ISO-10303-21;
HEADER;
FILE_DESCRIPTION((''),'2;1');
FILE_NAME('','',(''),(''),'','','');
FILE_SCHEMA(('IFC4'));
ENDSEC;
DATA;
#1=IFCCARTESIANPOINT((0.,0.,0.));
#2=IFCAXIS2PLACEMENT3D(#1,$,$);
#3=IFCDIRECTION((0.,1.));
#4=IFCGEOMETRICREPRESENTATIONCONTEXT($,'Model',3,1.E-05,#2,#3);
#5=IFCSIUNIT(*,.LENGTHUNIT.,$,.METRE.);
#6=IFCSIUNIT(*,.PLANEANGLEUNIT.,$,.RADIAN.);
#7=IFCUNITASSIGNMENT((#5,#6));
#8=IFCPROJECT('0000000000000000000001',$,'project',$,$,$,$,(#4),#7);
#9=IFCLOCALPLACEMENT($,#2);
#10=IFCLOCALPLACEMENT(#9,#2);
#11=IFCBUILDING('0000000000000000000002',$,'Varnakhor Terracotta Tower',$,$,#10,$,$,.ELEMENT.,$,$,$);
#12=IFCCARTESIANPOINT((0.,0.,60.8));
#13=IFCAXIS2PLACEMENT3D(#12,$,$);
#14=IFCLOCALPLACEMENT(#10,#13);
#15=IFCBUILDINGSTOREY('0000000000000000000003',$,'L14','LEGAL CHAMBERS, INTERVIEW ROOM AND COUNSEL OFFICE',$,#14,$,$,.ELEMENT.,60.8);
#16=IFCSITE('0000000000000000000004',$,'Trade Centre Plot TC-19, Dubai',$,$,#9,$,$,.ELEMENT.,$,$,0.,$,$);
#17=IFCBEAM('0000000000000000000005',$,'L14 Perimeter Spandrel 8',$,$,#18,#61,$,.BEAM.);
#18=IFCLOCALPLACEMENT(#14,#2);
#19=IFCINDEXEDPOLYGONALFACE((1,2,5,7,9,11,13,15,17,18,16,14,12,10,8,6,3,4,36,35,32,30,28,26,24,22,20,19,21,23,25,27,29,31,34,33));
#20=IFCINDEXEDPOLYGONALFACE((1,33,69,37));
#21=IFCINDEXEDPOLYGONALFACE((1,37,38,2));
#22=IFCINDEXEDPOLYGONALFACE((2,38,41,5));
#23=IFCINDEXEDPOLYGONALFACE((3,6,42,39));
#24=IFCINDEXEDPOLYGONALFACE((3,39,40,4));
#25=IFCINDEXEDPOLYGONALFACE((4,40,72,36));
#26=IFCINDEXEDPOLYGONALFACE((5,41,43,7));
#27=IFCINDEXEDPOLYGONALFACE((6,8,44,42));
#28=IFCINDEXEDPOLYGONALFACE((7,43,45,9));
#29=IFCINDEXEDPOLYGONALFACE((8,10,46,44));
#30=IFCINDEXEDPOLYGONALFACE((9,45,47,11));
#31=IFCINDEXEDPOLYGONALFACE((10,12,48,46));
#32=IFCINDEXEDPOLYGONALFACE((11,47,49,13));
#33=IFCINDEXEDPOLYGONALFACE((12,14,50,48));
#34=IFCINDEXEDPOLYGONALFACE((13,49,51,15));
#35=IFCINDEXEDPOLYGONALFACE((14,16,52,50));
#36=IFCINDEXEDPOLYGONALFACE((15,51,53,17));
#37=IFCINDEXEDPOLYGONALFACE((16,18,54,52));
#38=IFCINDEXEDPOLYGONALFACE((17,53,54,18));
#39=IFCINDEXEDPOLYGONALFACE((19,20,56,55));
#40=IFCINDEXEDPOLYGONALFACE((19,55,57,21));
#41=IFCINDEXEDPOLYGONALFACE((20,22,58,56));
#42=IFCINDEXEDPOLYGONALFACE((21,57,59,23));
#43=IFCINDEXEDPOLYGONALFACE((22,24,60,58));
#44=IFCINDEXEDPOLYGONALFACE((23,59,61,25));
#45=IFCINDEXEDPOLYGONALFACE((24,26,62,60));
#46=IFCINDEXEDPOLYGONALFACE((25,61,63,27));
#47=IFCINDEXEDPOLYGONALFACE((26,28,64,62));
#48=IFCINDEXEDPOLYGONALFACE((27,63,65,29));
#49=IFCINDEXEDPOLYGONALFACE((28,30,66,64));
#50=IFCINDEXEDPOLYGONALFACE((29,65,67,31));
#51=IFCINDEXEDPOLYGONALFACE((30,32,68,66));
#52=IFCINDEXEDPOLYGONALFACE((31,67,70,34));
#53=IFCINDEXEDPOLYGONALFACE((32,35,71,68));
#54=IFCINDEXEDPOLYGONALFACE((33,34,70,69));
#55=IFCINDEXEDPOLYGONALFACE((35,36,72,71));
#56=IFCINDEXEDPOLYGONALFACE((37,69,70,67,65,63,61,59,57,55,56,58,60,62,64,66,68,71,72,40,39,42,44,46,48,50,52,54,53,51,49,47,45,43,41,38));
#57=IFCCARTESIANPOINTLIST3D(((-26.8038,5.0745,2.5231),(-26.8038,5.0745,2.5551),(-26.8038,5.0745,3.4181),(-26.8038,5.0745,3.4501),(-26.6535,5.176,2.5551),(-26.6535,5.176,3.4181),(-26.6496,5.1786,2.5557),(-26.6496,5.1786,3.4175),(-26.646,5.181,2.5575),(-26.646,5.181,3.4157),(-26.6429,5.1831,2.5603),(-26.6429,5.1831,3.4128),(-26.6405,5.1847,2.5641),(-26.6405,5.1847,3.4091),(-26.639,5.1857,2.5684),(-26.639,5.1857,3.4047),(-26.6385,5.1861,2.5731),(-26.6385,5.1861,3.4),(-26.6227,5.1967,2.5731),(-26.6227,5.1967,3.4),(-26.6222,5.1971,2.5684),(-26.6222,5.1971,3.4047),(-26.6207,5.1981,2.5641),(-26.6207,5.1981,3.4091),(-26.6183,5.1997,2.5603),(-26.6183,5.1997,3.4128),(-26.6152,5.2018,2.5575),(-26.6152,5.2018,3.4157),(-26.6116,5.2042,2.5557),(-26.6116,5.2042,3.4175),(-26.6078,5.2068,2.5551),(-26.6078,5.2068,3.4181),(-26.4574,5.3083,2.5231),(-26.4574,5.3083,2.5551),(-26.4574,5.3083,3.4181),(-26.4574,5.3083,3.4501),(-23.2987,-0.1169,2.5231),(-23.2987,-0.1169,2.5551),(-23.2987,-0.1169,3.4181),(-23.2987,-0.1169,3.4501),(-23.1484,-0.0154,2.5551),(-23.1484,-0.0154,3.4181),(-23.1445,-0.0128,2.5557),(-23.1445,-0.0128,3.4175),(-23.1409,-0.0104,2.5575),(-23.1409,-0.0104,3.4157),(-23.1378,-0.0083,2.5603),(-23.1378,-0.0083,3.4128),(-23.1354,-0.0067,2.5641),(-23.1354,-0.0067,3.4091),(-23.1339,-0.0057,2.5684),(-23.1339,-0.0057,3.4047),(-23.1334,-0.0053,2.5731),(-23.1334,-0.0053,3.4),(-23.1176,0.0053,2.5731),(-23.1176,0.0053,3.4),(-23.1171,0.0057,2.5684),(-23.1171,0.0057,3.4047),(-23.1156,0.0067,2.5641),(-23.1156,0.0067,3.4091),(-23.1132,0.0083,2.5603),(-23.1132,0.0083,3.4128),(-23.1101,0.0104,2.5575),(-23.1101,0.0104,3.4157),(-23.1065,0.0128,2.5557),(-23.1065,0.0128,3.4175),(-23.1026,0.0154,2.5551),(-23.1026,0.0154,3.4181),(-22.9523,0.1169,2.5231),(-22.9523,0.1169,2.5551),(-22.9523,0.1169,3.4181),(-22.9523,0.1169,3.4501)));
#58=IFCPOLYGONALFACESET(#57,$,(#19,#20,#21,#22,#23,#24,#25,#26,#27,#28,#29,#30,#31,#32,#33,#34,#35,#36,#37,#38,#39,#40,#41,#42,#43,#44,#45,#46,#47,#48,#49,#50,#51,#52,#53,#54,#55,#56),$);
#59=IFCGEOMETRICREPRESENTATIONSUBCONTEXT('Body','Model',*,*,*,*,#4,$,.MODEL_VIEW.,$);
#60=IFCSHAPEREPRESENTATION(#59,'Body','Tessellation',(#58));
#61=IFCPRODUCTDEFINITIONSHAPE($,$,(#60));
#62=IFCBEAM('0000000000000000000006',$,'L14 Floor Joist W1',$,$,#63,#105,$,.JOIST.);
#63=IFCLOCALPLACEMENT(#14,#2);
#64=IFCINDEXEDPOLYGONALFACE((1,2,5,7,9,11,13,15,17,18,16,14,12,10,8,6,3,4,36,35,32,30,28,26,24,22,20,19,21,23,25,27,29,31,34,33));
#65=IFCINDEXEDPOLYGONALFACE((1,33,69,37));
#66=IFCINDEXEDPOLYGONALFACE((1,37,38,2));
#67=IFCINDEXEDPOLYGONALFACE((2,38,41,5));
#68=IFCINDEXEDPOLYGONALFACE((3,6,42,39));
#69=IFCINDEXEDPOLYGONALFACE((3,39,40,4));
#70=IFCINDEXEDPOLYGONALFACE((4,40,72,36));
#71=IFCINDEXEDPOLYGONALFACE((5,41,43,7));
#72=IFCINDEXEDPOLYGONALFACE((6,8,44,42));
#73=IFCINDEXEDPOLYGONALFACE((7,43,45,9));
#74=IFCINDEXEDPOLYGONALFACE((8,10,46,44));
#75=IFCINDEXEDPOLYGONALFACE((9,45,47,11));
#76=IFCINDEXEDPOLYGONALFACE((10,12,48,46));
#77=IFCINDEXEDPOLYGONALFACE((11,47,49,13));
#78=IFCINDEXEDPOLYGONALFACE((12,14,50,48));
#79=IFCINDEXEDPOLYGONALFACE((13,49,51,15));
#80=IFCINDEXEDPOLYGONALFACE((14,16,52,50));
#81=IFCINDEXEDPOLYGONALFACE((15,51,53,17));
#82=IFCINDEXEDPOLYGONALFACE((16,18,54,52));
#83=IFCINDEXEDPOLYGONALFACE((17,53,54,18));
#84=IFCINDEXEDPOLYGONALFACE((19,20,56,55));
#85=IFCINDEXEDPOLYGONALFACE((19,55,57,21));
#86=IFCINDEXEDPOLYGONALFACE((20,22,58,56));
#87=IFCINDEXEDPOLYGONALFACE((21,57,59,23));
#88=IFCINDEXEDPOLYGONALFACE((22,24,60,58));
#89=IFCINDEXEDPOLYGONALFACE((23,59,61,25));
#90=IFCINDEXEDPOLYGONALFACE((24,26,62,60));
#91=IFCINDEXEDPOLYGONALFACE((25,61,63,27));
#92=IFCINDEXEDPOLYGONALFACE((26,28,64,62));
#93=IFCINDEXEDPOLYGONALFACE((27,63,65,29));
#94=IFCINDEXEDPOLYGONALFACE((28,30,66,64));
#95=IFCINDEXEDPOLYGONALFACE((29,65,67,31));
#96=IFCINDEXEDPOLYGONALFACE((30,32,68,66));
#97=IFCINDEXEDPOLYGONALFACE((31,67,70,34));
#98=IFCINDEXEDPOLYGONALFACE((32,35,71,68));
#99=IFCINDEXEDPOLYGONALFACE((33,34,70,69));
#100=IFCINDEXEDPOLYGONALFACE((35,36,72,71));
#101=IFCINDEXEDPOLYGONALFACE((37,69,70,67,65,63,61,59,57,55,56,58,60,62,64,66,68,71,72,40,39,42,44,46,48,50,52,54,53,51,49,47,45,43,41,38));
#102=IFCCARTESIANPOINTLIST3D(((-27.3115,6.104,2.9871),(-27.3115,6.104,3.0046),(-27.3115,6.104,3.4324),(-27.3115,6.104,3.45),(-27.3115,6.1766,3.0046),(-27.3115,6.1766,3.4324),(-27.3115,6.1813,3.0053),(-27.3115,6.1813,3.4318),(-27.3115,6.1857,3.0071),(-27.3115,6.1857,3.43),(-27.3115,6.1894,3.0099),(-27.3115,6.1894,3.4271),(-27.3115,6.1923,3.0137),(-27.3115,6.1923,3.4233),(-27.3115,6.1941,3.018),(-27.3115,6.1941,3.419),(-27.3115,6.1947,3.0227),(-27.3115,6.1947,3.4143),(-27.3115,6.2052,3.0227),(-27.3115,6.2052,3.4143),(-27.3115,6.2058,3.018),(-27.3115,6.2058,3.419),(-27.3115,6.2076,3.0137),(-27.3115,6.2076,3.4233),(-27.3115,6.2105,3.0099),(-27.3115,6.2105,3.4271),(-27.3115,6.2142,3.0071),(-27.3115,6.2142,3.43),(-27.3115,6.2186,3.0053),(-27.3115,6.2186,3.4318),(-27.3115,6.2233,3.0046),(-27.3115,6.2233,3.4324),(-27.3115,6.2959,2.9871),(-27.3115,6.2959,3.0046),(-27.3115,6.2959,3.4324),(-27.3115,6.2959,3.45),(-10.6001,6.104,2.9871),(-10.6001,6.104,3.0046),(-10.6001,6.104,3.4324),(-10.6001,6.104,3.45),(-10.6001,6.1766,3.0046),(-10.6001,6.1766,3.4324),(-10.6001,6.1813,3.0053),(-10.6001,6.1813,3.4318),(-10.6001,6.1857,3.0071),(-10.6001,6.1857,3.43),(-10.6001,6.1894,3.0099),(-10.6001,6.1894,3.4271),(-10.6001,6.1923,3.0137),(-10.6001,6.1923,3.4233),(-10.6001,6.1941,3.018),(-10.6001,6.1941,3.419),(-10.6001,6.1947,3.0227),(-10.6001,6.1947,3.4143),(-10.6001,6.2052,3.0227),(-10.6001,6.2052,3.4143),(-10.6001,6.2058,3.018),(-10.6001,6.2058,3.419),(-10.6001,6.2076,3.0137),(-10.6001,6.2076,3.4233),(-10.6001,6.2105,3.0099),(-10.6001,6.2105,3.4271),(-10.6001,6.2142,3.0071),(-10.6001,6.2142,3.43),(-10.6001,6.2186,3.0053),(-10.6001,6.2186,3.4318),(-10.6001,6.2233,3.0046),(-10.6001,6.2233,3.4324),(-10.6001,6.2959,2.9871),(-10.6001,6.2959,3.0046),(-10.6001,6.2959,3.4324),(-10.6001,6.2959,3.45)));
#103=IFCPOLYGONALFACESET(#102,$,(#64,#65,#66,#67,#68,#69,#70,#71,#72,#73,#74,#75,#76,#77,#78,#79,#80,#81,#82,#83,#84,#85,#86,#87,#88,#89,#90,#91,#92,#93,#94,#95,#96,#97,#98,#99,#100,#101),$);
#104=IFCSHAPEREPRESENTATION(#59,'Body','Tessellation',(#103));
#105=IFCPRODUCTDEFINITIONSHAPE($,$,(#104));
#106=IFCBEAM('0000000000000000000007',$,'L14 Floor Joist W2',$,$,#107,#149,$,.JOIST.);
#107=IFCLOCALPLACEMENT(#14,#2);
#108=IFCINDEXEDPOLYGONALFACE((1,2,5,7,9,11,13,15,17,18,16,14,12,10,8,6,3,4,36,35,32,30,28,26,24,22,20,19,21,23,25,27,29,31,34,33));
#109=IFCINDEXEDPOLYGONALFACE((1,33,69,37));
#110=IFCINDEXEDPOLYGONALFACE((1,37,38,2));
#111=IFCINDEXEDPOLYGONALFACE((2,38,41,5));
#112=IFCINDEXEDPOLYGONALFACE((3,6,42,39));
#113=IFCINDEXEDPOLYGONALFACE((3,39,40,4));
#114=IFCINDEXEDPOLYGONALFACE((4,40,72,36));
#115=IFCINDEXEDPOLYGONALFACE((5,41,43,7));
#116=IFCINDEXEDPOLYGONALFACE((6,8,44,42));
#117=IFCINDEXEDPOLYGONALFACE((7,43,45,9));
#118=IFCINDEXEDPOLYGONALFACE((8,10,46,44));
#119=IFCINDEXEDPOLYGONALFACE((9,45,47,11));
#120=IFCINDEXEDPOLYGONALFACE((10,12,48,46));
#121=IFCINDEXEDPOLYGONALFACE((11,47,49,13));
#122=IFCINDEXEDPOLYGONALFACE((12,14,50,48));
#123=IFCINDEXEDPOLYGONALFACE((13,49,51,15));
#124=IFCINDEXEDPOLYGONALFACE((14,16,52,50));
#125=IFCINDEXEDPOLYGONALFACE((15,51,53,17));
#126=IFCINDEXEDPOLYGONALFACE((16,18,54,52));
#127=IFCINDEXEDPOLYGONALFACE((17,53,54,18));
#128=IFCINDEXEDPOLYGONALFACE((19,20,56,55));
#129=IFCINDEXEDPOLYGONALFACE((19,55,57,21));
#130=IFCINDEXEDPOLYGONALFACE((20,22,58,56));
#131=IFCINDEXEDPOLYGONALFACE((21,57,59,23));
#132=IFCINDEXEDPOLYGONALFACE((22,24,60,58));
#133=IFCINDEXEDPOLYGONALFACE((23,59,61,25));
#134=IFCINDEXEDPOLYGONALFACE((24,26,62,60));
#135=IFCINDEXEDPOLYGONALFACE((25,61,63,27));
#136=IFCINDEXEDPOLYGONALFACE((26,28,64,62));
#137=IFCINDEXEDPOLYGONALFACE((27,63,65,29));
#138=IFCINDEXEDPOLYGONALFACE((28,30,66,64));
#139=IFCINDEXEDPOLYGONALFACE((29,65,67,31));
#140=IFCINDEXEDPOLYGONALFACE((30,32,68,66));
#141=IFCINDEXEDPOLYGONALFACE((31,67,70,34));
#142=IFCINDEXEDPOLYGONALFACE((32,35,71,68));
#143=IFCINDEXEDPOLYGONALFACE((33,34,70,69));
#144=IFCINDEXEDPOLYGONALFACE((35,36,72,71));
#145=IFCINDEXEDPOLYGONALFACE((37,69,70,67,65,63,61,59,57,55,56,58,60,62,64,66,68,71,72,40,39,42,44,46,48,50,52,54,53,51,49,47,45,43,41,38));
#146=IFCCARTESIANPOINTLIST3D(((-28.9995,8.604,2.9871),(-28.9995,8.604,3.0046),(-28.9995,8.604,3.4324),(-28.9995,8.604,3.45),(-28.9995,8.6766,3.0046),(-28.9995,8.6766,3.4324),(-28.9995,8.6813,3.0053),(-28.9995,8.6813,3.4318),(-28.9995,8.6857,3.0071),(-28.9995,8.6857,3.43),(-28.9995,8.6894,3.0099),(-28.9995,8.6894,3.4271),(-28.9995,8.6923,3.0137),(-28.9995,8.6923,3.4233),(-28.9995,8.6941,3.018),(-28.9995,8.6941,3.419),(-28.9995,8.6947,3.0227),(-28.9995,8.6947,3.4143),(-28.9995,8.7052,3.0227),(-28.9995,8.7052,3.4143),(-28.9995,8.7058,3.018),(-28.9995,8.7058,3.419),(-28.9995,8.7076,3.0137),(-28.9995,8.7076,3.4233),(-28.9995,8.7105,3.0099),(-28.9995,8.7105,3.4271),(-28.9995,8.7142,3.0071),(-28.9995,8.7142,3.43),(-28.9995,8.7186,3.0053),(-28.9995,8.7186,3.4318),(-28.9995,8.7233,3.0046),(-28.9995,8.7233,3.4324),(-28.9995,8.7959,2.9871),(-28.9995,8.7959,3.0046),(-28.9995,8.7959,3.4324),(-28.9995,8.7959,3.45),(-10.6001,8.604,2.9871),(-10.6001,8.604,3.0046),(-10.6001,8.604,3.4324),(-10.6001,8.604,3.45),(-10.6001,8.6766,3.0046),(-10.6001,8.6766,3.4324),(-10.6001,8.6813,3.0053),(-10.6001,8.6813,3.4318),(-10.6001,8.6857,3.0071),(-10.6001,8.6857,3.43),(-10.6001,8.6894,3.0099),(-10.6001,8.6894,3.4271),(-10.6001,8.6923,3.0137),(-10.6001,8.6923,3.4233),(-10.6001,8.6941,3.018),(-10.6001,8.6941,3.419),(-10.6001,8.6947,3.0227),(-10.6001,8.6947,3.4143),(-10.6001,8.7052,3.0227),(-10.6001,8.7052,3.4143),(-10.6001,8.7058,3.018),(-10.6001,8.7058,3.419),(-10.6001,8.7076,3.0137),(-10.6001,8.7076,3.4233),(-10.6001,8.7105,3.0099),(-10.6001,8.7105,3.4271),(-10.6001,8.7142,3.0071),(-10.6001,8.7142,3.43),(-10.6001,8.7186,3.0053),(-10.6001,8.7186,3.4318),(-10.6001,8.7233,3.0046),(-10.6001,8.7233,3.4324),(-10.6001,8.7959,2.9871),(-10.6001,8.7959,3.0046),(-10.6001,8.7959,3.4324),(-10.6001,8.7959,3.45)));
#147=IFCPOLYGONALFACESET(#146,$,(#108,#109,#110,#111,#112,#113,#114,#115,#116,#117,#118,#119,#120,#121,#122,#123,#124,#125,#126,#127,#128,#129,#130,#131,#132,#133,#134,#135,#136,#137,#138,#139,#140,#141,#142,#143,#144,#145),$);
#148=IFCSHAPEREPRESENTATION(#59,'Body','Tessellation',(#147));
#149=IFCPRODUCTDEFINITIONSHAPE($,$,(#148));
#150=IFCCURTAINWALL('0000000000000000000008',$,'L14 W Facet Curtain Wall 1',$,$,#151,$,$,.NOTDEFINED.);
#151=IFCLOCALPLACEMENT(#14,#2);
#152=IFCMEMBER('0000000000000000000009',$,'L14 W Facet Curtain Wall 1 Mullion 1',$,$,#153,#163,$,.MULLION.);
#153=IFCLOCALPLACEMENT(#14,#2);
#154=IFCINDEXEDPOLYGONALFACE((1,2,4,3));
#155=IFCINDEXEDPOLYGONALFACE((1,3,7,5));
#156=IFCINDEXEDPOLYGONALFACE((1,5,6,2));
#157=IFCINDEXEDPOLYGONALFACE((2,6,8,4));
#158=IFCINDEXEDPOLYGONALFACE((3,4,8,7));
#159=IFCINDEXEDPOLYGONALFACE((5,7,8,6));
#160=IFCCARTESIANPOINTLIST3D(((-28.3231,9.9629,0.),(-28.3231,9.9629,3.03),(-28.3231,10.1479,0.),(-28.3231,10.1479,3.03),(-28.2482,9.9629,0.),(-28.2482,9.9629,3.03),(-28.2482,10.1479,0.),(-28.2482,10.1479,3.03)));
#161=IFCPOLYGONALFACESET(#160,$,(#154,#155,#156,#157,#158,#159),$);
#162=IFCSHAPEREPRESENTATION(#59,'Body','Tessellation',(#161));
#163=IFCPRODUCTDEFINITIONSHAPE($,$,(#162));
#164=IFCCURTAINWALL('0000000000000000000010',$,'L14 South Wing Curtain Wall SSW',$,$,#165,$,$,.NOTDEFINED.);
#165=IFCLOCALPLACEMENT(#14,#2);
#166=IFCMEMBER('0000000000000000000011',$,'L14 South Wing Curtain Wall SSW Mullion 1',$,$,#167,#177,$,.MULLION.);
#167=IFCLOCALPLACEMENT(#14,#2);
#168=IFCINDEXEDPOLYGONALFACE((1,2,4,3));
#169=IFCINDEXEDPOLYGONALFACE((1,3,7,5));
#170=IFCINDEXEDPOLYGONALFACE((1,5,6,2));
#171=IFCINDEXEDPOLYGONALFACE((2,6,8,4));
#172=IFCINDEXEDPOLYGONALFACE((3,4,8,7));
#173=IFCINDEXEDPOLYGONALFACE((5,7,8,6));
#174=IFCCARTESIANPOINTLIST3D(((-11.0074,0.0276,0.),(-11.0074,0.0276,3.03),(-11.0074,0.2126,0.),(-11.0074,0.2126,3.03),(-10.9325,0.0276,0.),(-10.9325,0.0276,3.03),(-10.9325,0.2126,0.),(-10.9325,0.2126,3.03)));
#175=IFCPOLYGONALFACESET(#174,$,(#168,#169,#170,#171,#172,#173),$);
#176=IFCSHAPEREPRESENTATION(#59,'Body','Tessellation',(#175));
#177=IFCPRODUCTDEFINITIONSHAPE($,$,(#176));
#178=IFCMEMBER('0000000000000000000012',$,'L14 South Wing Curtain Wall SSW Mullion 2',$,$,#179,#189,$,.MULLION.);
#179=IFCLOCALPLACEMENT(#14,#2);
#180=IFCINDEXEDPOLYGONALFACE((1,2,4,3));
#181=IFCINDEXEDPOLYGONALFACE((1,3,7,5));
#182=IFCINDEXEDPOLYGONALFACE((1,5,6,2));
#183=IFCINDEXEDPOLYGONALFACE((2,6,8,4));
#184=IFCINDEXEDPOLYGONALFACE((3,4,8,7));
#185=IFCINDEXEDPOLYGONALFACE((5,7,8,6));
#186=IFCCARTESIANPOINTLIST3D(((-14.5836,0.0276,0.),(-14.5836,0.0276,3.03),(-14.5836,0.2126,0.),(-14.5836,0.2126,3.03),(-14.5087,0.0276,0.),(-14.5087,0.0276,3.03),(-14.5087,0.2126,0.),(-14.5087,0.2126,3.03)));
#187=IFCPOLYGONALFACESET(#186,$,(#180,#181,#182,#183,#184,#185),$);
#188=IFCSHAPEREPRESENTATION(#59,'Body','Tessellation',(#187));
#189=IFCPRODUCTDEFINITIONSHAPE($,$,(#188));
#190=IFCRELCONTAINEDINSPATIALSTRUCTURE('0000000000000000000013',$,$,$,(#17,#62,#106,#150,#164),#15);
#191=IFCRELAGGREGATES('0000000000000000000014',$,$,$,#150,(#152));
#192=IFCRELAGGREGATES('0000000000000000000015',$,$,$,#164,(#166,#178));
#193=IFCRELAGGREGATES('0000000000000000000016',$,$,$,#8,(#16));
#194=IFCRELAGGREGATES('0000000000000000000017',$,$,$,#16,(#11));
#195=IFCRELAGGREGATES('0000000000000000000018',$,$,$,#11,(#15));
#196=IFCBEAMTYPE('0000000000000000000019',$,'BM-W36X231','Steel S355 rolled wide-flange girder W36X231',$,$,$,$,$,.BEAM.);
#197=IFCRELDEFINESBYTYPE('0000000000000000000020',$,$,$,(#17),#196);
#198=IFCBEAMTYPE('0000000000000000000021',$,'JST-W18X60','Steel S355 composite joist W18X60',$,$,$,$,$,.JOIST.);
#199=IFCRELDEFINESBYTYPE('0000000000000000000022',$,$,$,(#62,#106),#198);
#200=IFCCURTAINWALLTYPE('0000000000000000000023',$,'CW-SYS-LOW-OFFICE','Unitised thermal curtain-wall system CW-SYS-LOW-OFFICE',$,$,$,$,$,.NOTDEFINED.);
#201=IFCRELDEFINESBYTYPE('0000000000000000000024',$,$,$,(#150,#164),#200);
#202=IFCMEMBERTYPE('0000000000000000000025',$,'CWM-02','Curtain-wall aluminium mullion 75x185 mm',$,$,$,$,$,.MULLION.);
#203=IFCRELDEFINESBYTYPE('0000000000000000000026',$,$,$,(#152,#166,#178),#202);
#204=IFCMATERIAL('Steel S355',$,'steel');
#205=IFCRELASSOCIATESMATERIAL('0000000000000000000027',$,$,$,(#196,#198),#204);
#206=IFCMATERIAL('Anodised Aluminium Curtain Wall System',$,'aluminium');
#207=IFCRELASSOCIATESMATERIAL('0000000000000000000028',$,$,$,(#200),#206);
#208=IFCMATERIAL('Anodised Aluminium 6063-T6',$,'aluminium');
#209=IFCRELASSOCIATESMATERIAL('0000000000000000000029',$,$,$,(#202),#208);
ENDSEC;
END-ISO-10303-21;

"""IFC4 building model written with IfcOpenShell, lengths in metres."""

from ifc_helpers import new_model, si_unit, direction, frame, origin, origin_2d, place, context, subcontext, project, spatial, rectangle, i_section, extrude, source, transform, mapped, material, material_profile, profile_set, type_object, type_shapes, element, aggregate, save


model = new_model("IFC4")

# Units and contexts
model_context = context("Model", 3, precision=1e-05, world=origin(), true_north=direction((0.0, 1.0)))
body_context = subcontext(model_context, "Body", "Model", "MODEL_VIEW")
ifc_project = project(units=[si_unit("LENGTHUNIT", "METRE"), si_unit("PLANEANGLEUNIT", "RADIAN")], contexts=[model_context])

# Site, building, storey
site_placement = place(None, origin())
site = spatial("IfcSite", under=ifc_project, at=site_placement, Name="Trade Centre Plot TC-19, Dubai", CompositionType="ELEMENT", RefElevation=0.0)
building_placement = place(site_placement, origin())
building = spatial("IfcBuilding", under=site, at=building_placement, Name="Varnakhor Terracotta Tower", CompositionType="ELEMENT")
storey_placement = place(building_placement, frame((0.0, 0.0, 60.8)))
storey = spatial("IfcBuildingStorey", under=building, at=storey_placement, Name="L14", Description="LEGAL CHAMBERS, INTERVIEW ROOM AND COUNSEL OFFICE", CompositionType="ELEMENT", Elevation=60.8)

# Beams
ifc_material_1 = material(Name="Steel S355", Category="steel")
ifc_material_profile_1 = material_profile(ifc_material_1, i_section(OverallWidth=0.418, OverallDepth=0.927, WebThickness=0.019, FlangeThickness=0.032, FilletRadius=0.0181, at=origin_2d()), Name="W36X231")
ifc_profile_set_1 = profile_set([ifc_material_profile_1], Name="Steel S355")
beam_type_1 = type_object("IfcBeamType", Name="BM-W36X231", Description="Steel S355 rolled wide-flange girder W36X231", PredefinedType="BEAM", material=ifc_profile_set_1)
shared_shape_1 = source(origin(), body_context, "Body", "SweptSolid", [
    extrude(i_section(OverallWidth=0.418, OverallDepth=0.927, WebThickness=0.019, FlangeThickness=0.032, FilletRadius=0.0181, at=origin_2d()), origin(), (0.0, 0.0, 1.0), 6.2639),
])
beam_1_placement = place(storey_placement, frame((-26.6306, 5.1914, 2.9866), z_axis=(0.559575, -0.82878, 0.0), x_axis=(0.82878, 0.559575, 0.0)))
element("IfcBeam", 1, at=beam_1_placement, inside=storey, type_object=beam_type_1, Name="L14 Perimeter Spandrel 8", PredefinedType="BEAM", context=body_context, shape_type="MappedRepresentation", body=[
    mapped(shared_shape_1, transform((0.0, 0.0, 0.0), scale=1.0)),
])
ifc_material_profile_2 = material_profile(ifc_material_1, i_section(OverallWidth=0.1919, OverallDepth=0.4629, WebThickness=0.0105, FlangeThickness=0.0176, FilletRadius=0.0181, at=origin_2d()), Name="W18X60")
ifc_profile_set_2 = profile_set([ifc_material_profile_2], Name="Steel S355")
beam_type_2 = type_object("IfcBeamType", Name="JST-W18X60", Description="Steel S355 composite joist W18X60", PredefinedType="JOIST", material=ifc_profile_set_2)
shared_shape_2 = source(origin(), body_context, "Body", "SweptSolid", [
    extrude(i_section(OverallWidth=0.1919, OverallDepth=0.4629, WebThickness=0.0105, FlangeThickness=0.0176, FilletRadius=0.0181, at=origin_2d()), origin(), (0.0, 0.0, 1.0), 16.7114),
])
beam_2_placement = place(storey_placement, frame((-27.3115, 6.2, 3.2185), z_axis=(1.0, 0.0, 0.0), x_axis=(0.0, 1.0, 0.0)))
element("IfcBeam", 2, at=beam_2_placement, inside=storey, type_object=beam_type_2, Name="L14 Floor Joist W1", PredefinedType="JOIST", context=body_context, shape_type="MappedRepresentation", body=[
    mapped(shared_shape_2, transform((0.0, 0.0, 0.0), scale=1.0)),
])
shared_shape_3 = source(origin(), body_context, "Body", "SweptSolid", [
    extrude(i_section(OverallWidth=0.1919, OverallDepth=0.4629, WebThickness=0.0105, FlangeThickness=0.0176, FilletRadius=0.0181, at=origin_2d()), origin(), (0.0, 0.0, 1.0), 18.3994),
])
beam_3_placement = place(storey_placement, frame((-28.9995, 8.7, 3.2185), z_axis=(1.0, 0.0, 0.0), x_axis=(0.0, 1.0, 0.0)))
element("IfcBeam", 3, at=beam_3_placement, inside=storey, type_object=beam_type_2, Name="L14 Floor Joist W2", PredefinedType="JOIST", context=body_context, shape_type="MappedRepresentation", body=[
    mapped(shared_shape_3, transform((0.0, 0.0, 0.0), scale=1.0)),
])

# Curtain wall, member
ifc_material_2 = material(Name="Anodised Aluminium Curtain Wall System", Category="aluminium")
curtain_wall_type = type_object("IfcCurtainWallType", Name="CW-SYS-LOW-OFFICE", Description="Unitised thermal curtain-wall system CW-SYS-LOW-OFFICE", PredefinedType="NOTDEFINED", material=ifc_material_2)
curtain_wall_1_placement = place(storey_placement, origin())
curtain_wall_1 = element("IfcCurtainWall", 4, at=curtain_wall_1_placement, inside=storey, type_object=curtain_wall_type, Name="L14 W Facet Curtain Wall 1", PredefinedType="NOTDEFINED")
ifc_material_3 = material(Name="Anodised Aluminium 6063-T6", Category="aluminium")
ifc_material_profile_3 = material_profile(ifc_material_3, rectangle(XDim=0.075, YDim=0.1851, at=origin_2d()), Name="ALU MULLION 75x185")
ifc_profile_set_3 = profile_set([ifc_material_profile_3], Name="Anodised Aluminium 6063-T6")
member_type_1 = type_object("IfcMemberType", Name="CWM-02", Description="Curtain-wall aluminium mullion 75x185 mm", PredefinedType="MULLION", material=ifc_profile_set_3)
shared_shape_4 = source(origin(), body_context, "Body", "SweptSolid", [
    extrude(rectangle(XDim=0.075, YDim=0.1851, at=origin_2d()), origin(), (0.0, 0.0, 1.0), 3.03),
])
type_shapes(member_type_1, [shared_shape_4])
member_1_placement = place(storey_placement, frame((-28.2856, 10.0554, 0.0), z_axis=(0.0, 0.0, 1.0), x_axis=(1.0, 0.0, 0.0)))
member_1 = element("IfcMember", 5, at=member_1_placement, type_object=member_type_1, Name="L14 W Facet Curtain Wall 1 Mullion 1", PredefinedType="MULLION", context=body_context, shape_type="MappedRepresentation", body=[
    mapped(shared_shape_4, transform((0.0, 0.0, 0.0), scale=1.0)),
])

# Curtain wall, members
curtain_wall_2_placement = place(storey_placement, origin())
curtain_wall_2 = element("IfcCurtainWall", 6, at=curtain_wall_2_placement, inside=storey, type_object=curtain_wall_type, Name="L14 South Wing Curtain Wall SSW", PredefinedType="NOTDEFINED")
member_2_placement = place(storey_placement, frame((-10.97, 0.1201, 0.0), z_axis=(0.0, 0.0, 1.0), x_axis=(1.0, 0.0, 0.0)))
member_2 = element("IfcMember", 7, at=member_2_placement, type_object=member_type_1, Name="L14 South Wing Curtain Wall SSW Mullion 1", PredefinedType="MULLION", context=body_context, shape_type="MappedRepresentation", body=[
    mapped(shared_shape_4, transform((0.0, 0.0, 0.0), scale=1.0)),
])
member_3_placement = place(storey_placement, frame((-14.5461, 0.1201, 0.0), z_axis=(0.0, 0.0, 1.0), x_axis=(1.0, 0.0, 0.0)))
member_3 = element("IfcMember", 8, at=member_3_placement, type_object=member_type_1, Name="L14 South Wing Curtain Wall SSW Mullion 2", PredefinedType="MULLION", context=body_context, shape_type="MappedRepresentation", body=[
    mapped(shared_shape_4, transform((0.0, 0.0, 0.0), scale=1.0)),
])

aggregate(curtain_wall_1, [member_1])
aggregate(curtain_wall_2, [member_2, member_3])

save(model, "model.ifc")
